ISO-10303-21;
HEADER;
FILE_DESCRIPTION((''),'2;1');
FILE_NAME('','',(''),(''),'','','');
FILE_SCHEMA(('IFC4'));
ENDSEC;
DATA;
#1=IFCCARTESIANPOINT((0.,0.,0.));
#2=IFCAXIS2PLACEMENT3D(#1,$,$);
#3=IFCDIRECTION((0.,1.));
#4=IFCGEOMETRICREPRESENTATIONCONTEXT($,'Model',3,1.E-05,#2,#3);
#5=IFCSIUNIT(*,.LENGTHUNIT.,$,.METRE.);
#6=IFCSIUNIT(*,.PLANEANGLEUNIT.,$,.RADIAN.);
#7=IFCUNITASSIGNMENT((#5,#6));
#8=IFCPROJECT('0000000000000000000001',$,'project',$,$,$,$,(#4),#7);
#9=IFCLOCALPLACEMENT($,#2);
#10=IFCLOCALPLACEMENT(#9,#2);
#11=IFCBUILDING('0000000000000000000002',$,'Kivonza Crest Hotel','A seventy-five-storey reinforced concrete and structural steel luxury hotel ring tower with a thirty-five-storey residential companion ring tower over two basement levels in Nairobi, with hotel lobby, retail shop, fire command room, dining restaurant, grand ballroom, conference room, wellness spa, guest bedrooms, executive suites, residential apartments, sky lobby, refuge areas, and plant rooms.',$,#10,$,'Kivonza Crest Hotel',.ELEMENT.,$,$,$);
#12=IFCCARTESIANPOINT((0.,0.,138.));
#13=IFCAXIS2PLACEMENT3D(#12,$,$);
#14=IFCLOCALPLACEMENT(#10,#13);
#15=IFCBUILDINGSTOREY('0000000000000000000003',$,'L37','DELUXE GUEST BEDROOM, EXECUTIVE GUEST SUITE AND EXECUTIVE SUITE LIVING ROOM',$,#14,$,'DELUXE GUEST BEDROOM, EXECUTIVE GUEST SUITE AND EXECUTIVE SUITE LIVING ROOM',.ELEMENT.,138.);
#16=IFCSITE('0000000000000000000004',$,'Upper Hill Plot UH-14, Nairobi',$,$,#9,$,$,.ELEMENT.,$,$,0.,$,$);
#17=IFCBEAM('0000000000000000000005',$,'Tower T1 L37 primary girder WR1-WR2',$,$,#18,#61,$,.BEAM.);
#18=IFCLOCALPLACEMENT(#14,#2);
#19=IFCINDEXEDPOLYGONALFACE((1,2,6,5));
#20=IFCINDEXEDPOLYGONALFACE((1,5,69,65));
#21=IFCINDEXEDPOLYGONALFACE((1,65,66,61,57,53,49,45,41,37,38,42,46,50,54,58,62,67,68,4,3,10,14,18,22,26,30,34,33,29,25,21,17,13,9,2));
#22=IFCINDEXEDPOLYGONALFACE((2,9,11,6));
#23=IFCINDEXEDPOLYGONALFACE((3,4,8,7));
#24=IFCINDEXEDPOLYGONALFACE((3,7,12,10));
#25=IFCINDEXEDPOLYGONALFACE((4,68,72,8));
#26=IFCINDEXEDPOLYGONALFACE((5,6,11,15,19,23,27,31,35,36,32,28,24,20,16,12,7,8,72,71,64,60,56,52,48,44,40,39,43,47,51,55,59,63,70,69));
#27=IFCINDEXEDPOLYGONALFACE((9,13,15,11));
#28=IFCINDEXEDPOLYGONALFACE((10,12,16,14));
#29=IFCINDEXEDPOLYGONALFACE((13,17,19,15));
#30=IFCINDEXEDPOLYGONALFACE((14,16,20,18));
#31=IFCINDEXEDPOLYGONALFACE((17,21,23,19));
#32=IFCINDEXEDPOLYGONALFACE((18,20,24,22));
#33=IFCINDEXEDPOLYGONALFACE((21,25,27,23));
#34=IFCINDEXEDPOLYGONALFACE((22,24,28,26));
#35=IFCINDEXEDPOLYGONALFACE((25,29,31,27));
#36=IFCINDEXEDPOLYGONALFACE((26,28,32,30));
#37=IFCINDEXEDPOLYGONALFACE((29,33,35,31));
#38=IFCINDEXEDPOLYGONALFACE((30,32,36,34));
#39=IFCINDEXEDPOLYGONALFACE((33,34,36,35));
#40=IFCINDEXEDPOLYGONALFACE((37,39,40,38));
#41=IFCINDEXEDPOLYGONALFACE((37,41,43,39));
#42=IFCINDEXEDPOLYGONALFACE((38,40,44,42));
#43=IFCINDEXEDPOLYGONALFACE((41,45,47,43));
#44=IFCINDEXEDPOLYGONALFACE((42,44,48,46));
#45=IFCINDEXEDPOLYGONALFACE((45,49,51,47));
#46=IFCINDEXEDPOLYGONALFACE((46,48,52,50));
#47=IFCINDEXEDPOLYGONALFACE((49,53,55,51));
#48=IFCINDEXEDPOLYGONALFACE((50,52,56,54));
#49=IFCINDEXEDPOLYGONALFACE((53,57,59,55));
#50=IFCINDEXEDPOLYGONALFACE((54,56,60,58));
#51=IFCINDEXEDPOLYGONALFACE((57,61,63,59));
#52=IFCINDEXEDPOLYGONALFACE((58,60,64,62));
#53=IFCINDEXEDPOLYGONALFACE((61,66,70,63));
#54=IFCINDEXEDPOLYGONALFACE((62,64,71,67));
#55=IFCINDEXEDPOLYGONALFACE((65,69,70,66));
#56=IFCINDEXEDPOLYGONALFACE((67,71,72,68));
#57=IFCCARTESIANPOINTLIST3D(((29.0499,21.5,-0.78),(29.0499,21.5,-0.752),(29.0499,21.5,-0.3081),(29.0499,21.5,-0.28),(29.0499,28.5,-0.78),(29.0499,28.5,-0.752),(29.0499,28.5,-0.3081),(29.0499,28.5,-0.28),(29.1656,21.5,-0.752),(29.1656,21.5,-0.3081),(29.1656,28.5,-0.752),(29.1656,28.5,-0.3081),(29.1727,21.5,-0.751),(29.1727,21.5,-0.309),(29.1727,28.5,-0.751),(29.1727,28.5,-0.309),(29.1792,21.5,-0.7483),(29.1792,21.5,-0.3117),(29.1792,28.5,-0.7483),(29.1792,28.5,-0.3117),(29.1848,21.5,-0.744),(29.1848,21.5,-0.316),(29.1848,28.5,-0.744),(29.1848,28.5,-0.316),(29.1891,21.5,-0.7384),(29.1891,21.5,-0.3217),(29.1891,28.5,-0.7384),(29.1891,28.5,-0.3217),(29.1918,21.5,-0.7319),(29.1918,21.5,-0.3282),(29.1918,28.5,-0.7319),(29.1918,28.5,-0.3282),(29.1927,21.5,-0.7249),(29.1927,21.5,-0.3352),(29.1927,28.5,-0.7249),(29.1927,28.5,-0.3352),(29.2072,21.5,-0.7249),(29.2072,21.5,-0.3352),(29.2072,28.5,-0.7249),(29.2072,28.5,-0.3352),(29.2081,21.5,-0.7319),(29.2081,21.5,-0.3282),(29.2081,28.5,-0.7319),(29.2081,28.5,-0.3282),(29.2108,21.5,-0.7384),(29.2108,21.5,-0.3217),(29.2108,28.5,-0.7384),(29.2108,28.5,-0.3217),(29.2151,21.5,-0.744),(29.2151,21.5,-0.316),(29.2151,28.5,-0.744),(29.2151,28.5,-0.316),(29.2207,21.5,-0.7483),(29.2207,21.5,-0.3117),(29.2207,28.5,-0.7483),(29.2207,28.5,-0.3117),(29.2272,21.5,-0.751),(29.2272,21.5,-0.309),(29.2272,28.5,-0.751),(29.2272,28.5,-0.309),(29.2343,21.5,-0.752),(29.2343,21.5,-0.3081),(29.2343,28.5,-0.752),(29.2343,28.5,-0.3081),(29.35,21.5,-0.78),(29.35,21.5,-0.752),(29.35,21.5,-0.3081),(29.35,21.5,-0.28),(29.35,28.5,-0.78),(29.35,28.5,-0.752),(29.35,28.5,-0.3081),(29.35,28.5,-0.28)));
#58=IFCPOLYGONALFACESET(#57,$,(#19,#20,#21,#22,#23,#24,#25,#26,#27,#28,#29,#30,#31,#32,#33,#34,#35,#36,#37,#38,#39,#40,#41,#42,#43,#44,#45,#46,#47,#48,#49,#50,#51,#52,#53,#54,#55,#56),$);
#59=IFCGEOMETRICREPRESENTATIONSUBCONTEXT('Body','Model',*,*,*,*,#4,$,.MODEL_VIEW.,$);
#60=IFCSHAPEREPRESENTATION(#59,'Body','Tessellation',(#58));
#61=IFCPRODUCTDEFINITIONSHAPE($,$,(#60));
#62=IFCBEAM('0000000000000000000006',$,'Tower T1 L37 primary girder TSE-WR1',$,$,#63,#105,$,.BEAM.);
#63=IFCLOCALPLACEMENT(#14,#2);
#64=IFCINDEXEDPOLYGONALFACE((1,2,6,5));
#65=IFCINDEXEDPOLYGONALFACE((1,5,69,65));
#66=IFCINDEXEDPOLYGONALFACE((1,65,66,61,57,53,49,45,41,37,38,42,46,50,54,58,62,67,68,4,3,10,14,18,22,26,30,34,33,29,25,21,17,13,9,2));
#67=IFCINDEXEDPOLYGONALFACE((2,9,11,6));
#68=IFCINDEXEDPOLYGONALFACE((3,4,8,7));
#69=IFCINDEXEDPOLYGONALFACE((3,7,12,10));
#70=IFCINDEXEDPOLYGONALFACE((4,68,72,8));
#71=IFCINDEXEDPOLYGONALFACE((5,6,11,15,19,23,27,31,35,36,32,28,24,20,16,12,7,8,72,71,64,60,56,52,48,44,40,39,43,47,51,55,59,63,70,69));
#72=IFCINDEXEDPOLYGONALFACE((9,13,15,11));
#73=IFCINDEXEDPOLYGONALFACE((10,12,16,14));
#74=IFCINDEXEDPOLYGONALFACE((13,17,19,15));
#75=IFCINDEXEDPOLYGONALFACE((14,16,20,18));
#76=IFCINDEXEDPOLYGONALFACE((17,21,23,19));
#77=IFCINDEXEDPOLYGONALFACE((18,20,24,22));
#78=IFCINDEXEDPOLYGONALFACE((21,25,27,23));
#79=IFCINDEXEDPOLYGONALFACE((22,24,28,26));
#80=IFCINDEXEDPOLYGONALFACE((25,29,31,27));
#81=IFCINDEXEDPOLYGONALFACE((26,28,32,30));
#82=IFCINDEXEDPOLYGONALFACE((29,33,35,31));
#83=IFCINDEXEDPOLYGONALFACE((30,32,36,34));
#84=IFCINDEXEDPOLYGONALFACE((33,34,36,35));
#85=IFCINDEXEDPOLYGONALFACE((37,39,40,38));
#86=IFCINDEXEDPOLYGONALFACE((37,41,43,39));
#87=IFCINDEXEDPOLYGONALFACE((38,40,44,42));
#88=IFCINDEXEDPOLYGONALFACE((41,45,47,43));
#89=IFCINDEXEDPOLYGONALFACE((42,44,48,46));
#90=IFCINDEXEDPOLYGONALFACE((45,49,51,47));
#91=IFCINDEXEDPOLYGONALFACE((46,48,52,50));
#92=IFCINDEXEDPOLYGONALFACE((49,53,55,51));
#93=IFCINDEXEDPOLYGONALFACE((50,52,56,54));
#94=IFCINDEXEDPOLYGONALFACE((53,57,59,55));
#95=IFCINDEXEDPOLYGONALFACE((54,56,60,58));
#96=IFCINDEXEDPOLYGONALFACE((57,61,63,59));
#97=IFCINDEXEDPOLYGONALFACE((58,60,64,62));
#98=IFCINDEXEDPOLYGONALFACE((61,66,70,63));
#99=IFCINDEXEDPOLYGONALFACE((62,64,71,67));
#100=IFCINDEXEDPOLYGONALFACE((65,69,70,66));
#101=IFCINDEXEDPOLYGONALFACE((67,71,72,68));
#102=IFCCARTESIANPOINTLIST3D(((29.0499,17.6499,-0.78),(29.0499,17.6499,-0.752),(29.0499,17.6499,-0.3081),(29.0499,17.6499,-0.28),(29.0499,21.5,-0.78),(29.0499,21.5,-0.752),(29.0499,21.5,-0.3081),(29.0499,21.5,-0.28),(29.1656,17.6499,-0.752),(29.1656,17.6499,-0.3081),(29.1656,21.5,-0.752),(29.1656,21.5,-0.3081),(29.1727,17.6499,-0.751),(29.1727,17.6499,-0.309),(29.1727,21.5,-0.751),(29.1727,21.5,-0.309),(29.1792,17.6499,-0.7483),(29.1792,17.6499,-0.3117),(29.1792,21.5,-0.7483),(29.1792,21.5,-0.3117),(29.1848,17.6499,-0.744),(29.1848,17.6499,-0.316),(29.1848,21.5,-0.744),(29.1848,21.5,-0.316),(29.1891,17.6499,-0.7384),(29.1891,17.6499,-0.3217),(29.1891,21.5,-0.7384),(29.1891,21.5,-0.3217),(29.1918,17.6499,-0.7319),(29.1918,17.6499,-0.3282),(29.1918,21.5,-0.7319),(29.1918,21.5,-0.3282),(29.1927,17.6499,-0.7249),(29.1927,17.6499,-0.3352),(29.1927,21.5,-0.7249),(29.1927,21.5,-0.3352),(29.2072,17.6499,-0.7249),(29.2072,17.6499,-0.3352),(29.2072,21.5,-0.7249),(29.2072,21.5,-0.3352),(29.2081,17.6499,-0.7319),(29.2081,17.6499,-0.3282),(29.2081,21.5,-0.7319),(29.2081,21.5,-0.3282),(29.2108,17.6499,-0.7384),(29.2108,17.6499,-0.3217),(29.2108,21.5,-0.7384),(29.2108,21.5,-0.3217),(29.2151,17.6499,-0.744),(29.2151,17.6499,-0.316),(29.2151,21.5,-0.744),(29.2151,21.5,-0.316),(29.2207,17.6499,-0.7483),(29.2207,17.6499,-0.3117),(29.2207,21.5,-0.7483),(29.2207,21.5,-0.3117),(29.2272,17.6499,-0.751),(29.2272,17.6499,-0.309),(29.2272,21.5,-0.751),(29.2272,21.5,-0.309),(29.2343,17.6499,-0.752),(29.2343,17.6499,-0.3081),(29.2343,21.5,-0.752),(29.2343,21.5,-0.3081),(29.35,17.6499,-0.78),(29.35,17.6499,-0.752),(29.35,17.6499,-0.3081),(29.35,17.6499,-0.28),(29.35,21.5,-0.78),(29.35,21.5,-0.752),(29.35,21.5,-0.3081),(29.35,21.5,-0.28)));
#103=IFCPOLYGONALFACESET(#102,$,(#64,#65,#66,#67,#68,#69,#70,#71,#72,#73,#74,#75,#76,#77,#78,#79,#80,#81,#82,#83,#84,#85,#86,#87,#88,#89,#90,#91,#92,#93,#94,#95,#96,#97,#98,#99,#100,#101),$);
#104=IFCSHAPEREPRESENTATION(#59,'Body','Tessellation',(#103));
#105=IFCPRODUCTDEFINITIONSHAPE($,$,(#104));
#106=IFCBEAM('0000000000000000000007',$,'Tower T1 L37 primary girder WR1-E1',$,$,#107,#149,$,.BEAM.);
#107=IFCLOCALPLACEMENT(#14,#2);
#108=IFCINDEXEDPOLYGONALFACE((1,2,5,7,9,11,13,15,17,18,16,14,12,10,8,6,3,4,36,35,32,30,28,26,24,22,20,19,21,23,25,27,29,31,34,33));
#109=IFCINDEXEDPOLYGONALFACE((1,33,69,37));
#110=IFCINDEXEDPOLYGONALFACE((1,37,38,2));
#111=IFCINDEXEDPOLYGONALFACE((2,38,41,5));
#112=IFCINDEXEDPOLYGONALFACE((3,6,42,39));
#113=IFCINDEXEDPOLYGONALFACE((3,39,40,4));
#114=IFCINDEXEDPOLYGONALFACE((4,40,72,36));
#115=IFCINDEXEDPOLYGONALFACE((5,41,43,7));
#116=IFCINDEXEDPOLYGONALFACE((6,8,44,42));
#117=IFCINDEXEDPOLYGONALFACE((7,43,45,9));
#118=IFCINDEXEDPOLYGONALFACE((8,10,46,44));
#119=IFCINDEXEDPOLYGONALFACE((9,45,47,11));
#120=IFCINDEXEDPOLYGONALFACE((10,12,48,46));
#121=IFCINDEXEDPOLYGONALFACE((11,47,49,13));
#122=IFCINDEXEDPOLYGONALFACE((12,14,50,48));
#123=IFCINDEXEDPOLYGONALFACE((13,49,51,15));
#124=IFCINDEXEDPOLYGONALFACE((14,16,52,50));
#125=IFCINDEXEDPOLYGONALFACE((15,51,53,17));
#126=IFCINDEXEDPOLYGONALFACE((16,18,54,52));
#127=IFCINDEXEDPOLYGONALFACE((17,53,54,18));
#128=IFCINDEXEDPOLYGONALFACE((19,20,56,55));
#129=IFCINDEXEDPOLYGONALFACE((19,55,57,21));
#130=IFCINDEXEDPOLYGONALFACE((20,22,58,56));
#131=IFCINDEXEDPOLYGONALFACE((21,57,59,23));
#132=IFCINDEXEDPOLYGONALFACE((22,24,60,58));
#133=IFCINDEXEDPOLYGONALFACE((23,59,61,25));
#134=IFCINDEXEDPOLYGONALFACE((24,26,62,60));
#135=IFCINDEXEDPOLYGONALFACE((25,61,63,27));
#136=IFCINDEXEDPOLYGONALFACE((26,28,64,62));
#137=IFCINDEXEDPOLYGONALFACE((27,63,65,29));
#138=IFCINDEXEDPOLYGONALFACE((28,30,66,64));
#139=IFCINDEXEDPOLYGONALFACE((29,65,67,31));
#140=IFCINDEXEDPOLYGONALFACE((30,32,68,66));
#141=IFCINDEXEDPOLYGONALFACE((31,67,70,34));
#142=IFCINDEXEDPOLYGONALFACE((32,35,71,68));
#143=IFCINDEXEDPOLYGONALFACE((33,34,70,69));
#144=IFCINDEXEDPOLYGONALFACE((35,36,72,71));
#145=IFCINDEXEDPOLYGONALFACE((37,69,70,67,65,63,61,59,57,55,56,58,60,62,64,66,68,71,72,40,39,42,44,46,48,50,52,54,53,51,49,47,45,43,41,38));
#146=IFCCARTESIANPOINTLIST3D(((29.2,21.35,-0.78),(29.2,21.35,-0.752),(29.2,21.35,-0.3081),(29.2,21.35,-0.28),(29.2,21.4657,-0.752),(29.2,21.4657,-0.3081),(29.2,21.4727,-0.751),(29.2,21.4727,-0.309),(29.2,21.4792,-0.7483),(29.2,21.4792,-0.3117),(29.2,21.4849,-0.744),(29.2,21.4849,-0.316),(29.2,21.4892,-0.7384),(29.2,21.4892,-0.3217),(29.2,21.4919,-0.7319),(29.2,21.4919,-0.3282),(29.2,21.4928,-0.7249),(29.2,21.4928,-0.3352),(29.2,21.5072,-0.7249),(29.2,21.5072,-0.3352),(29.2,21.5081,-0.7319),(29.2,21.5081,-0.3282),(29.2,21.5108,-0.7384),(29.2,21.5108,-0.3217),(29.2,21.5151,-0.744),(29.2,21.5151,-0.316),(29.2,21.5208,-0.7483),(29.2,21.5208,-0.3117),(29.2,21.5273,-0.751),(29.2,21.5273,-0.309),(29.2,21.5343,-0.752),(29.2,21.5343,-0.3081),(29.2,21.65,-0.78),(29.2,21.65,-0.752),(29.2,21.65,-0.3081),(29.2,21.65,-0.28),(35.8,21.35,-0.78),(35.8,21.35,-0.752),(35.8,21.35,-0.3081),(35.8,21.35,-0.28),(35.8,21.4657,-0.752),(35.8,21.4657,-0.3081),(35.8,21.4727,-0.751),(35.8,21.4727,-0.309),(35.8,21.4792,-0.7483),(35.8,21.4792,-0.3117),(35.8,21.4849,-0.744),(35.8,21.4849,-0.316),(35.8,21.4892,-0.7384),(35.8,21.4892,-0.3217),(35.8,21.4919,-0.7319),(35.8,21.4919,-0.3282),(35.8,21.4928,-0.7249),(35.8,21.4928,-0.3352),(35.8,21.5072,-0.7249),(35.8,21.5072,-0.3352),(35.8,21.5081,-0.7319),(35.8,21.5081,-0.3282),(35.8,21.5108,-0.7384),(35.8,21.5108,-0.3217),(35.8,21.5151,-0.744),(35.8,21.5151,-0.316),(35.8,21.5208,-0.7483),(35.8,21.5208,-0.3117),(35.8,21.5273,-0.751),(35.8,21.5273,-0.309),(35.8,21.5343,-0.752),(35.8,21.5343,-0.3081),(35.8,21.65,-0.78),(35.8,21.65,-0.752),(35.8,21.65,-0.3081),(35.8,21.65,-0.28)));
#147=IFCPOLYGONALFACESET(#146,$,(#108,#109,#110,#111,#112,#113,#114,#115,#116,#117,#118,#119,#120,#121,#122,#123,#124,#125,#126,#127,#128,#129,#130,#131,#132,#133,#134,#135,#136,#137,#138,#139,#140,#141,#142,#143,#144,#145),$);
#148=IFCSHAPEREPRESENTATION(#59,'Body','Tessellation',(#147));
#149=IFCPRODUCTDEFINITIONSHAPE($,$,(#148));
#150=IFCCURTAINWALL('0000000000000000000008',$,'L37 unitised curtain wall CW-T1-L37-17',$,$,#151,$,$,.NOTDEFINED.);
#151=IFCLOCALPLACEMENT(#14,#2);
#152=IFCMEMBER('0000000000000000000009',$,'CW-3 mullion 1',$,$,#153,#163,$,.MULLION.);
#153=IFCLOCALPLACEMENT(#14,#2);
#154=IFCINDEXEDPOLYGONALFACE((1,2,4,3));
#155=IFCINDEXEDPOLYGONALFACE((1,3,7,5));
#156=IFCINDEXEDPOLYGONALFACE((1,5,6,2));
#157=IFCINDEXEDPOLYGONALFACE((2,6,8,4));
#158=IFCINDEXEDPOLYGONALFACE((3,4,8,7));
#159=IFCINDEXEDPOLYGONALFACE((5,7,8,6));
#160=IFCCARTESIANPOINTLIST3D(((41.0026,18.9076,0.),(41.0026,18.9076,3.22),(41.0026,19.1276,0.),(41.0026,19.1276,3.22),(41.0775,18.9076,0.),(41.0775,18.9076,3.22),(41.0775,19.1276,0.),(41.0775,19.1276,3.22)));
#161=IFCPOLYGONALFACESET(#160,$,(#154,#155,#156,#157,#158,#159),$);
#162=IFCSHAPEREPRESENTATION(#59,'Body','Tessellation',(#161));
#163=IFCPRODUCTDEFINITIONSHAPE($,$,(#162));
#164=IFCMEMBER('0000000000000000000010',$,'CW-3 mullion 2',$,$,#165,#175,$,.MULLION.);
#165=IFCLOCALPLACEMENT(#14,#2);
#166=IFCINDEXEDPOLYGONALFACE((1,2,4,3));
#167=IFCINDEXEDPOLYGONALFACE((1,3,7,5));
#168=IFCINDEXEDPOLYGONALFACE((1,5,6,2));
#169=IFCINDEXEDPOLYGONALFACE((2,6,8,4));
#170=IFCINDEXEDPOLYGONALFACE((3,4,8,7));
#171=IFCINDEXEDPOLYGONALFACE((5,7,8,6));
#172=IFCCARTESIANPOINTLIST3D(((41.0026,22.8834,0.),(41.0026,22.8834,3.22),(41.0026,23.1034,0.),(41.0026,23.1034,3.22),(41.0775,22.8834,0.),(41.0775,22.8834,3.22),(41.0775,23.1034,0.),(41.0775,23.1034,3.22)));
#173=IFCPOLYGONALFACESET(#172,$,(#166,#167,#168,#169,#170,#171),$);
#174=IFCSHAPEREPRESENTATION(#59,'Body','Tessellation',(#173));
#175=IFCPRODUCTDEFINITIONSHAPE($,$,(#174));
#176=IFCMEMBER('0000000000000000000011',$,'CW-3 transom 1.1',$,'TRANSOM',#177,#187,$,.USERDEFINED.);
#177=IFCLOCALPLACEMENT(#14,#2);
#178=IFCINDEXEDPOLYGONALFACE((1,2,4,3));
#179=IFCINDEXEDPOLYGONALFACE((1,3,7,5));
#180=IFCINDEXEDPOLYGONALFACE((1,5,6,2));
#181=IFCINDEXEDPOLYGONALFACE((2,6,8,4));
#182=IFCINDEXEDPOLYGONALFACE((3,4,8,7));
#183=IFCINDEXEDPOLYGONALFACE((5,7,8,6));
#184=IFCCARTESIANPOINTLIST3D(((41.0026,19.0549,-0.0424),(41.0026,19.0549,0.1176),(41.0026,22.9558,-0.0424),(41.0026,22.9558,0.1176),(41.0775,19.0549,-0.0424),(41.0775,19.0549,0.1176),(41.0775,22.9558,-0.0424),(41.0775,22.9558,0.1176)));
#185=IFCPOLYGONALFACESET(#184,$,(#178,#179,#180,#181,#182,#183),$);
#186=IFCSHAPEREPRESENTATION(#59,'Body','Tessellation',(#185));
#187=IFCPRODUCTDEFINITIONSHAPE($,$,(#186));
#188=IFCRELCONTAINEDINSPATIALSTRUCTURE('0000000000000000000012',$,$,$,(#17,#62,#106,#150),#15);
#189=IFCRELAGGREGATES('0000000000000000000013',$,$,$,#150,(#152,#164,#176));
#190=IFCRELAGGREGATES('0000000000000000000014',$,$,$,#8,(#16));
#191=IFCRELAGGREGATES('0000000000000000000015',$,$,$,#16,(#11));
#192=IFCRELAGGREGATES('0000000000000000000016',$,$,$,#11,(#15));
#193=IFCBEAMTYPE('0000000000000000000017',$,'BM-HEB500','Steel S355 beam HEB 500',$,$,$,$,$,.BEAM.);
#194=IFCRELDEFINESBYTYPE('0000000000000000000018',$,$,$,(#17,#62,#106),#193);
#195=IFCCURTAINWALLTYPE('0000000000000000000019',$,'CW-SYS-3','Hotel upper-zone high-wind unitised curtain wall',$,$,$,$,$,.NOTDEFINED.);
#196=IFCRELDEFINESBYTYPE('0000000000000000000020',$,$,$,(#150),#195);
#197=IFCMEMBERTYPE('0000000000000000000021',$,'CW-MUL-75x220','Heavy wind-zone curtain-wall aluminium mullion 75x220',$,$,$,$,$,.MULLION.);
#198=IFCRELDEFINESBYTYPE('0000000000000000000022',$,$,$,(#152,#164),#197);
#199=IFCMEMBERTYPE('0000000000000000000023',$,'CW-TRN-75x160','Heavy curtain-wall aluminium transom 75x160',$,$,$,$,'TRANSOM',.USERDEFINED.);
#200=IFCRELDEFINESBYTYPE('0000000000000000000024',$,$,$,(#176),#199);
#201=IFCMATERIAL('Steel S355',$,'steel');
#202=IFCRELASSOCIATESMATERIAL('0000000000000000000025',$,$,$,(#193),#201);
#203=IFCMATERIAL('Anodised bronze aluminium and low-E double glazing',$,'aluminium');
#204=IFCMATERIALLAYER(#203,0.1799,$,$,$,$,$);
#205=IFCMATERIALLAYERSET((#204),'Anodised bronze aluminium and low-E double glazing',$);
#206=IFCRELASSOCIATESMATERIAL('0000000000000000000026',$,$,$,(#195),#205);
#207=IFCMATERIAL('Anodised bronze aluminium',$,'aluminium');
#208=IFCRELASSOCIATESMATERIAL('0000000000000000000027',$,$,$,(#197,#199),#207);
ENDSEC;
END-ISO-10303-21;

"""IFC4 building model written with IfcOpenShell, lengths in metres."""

from ifc_helpers import new_model, si_unit, direction, frame, origin, origin_2d, place, context, subcontext, project, spatial, rectangle, i_section, extrude, material, layer, layer_set, material_profile, profile_set, type_object, element, aggregate, save


model = new_model("IFC4")

# Units and contexts
model_context = context("Model", 3, precision=1e-05, world=origin(), true_north=direction((0.0, 1.0)))
body_context = subcontext(model_context, "Body", "Model", "MODEL_VIEW")
ifc_project = project(units=[si_unit("LENGTHUNIT", "METRE"), si_unit("PLANEANGLEUNIT", "RADIAN")], contexts=[model_context])

# Site, building, storey
site_placement = place(None, origin())
site = spatial("IfcSite", under=ifc_project, at=site_placement, Name="Upper Hill Plot UH-14, Nairobi", CompositionType="ELEMENT", RefElevation=0.0)
building_placement = place(site_placement, origin())
building = spatial("IfcBuilding", under=site, at=building_placement, Name="Kivonza Crest Hotel", Description="A seventy-five-storey reinforced concrete and structural steel luxury hotel ring tower with a thirty-five-storey residential companion ring tower over two basement levels in Nairobi, with hotel lobby, retail shop, fire command room, dining restaurant, grand ballroom, conference room, wellness spa, guest bedrooms, executive suites, residential apartments, sky lobby, refuge areas, and plant rooms.", LongName="Kivonza Crest Hotel", CompositionType="ELEMENT")
storey_placement = place(building_placement, frame((0.0, 0.0, 138.0)))
storey = spatial("IfcBuildingStorey", under=building, at=storey_placement, Name="L37", Description="DELUXE GUEST BEDROOM, EXECUTIVE GUEST SUITE AND EXECUTIVE SUITE LIVING ROOM", LongName="DELUXE GUEST BEDROOM, EXECUTIVE GUEST SUITE AND EXECUTIVE SUITE LIVING ROOM", CompositionType="ELEMENT", Elevation=138.0)

# Beams
ifc_material_1 = material(Name="Steel S355", Category="steel")
ifc_material_profile_1 = material_profile(ifc_material_1, i_section(OverallWidth=0.3, OverallDepth=0.5, WebThickness=0.0144, FlangeThickness=0.0281, FilletRadius=0.0271, at=origin_2d()), Name="HEB 500")
ifc_profile_set_1 = profile_set([ifc_material_profile_1], Name="Steel S355")
beam_type_1 = type_object("IfcBeamType", Name="BM-HEB500", Description="Steel S355 beam HEB 500", PredefinedType="BEAM", material=ifc_profile_set_1)
beam_1_placement = place(storey_placement, frame((29.2, 21.5, -0.53), z_axis=(0.0, 1.0, 0.0), x_axis=(-1.0, 0.0, 0.0)))
element("IfcBeam", 1, at=beam_1_placement, inside=storey, type_object=beam_type_1, Name="Tower T1 L37 primary girder WR1-WR2", PredefinedType="BEAM", context=body_context, shape_type="SweptSolid", body=[
    extrude(i_section(OverallWidth=0.3, OverallDepth=0.5, WebThickness=0.0144, FlangeThickness=0.0281, FilletRadius=0.0271, at=origin_2d()), origin(), (0.0, 0.0, 1.0), 7.0),
])
beam_2_placement = place(storey_placement, frame((29.2, 17.6499, -0.53), z_axis=(0.0, 1.0, 0.0), x_axis=(-1.0, 0.0, 0.0)))
element("IfcBeam", 2, at=beam_2_placement, inside=storey, type_object=beam_type_1, Name="Tower T1 L37 primary girder TSE-WR1", PredefinedType="BEAM", context=body_context, shape_type="SweptSolid", body=[
    extrude(i_section(OverallWidth=0.3, OverallDepth=0.5, WebThickness=0.0144, FlangeThickness=0.0281, FilletRadius=0.0271, at=origin_2d()), origin(), (0.0, 0.0, 1.0), 3.8501),
])
beam_3_placement = place(storey_placement, frame((29.2, 21.5, -0.53), z_axis=(1.0, 0.0, 0.0), x_axis=(0.0, 1.0, 0.0)))
element("IfcBeam", 3, at=beam_3_placement, inside=storey, type_object=beam_type_1, Name="Tower T1 L37 primary girder WR1-E1", PredefinedType="BEAM", context=body_context, shape_type="SweptSolid", body=[
    extrude(i_section(OverallWidth=0.3, OverallDepth=0.5, WebThickness=0.0144, FlangeThickness=0.0281, FilletRadius=0.0271, at=origin_2d()), origin(), (0.0, 0.0, 1.0), 6.6001),
])

# Curtain wall, members
ifc_material_2 = material(Name="Anodised bronze aluminium and low-E double glazing", Category="aluminium")
ifc_layer_1 = layer(ifc_material_2, 0.1799)
ifc_layer_set_1 = layer_set([ifc_layer_1], Name="Anodised bronze aluminium and low-E double glazing")
curtain_wall_type = type_object("IfcCurtainWallType", Name="CW-SYS-3", Description="Hotel upper-zone high-wind unitised curtain wall", PredefinedType="NOTDEFINED", material=ifc_layer_set_1)
curtain_wall_placement = place(storey_placement, origin())
curtain_wall = element("IfcCurtainWall", 4, at=curtain_wall_placement, inside=storey, type_object=curtain_wall_type, Name="L37 unitised curtain wall CW-T1-L37-17", PredefinedType="NOTDEFINED")
ifc_material_3 = material(Name="Anodised bronze aluminium", Category="aluminium")
ifc_material_profile_2 = material_profile(ifc_material_3, rectangle(XDim=0.075, YDim=0.22, at=origin_2d()), Name="CW-M 75x220")
ifc_profile_set_2 = profile_set([ifc_material_profile_2], Name="Anodised bronze aluminium")
member_type_1 = type_object("IfcMemberType", Name="CW-MUL-75x220", Description="Heavy wind-zone curtain-wall aluminium mullion 75x220", PredefinedType="MULLION", material=ifc_profile_set_2)
member_1_placement = place(storey_placement, frame((41.04, 19.0176, 0.0), z_axis=(0.0, 0.0, 1.0), x_axis=(-1.0, 0.0, 0.0)))
member_1 = element("IfcMember", 5, at=member_1_placement, type_object=member_type_1, Name="CW-3 mullion 1", PredefinedType="MULLION", context=body_context, shape_type="SweptSolid", body=[
    extrude(rectangle(XDim=0.075, YDim=0.22, at=origin_2d()), origin(), (0.0, 0.0, 1.0), 3.22),
])
member_2_placement = place(storey_placement, frame((41.04, 22.9934, 0.0), z_axis=(0.0, 0.0, 1.0), x_axis=(-1.0, 0.0, 0.0)))
member_2 = element("IfcMember", 6, at=member_2_placement, type_object=member_type_1, Name="CW-3 mullion 2", PredefinedType="MULLION", context=body_context, shape_type="SweptSolid", body=[
    extrude(rectangle(XDim=0.075, YDim=0.22, at=origin_2d()), origin(), (0.0, 0.0, 1.0), 3.22),
])
ifc_material_profile_3 = material_profile(ifc_material_3, rectangle(XDim=0.075, YDim=0.1599, at=origin_2d()), Name="CW-T 75x160")
ifc_profile_set_3 = profile_set([ifc_material_profile_3], Name="Anodised bronze aluminium")
member_type_2 = type_object("IfcMemberType", Name="CW-TRN-75x160", Description="Heavy curtain-wall aluminium transom 75x160", ElementType="TRANSOM", PredefinedType="USERDEFINED", material=ifc_profile_set_3)
member_3_placement = place(storey_placement, frame((41.04, 19.0549, 0.0376), z_axis=(0.0, 1.0, 0.0), x_axis=(-1.0, 0.0, 0.0)))
member_3 = element("IfcMember", 7, at=member_3_placement, type_object=member_type_2, Name="CW-3 transom 1.1", ObjectType="TRANSOM", PredefinedType="USERDEFINED", context=body_context, shape_type="SweptSolid", body=[
    extrude(rectangle(XDim=0.075, YDim=0.1599, at=origin_2d()), origin(), (0.0, 0.0, 1.0), 3.9009),
])
aggregate(curtain_wall, [member_1, member_2, member_3])

save(model, "model.ifc")
